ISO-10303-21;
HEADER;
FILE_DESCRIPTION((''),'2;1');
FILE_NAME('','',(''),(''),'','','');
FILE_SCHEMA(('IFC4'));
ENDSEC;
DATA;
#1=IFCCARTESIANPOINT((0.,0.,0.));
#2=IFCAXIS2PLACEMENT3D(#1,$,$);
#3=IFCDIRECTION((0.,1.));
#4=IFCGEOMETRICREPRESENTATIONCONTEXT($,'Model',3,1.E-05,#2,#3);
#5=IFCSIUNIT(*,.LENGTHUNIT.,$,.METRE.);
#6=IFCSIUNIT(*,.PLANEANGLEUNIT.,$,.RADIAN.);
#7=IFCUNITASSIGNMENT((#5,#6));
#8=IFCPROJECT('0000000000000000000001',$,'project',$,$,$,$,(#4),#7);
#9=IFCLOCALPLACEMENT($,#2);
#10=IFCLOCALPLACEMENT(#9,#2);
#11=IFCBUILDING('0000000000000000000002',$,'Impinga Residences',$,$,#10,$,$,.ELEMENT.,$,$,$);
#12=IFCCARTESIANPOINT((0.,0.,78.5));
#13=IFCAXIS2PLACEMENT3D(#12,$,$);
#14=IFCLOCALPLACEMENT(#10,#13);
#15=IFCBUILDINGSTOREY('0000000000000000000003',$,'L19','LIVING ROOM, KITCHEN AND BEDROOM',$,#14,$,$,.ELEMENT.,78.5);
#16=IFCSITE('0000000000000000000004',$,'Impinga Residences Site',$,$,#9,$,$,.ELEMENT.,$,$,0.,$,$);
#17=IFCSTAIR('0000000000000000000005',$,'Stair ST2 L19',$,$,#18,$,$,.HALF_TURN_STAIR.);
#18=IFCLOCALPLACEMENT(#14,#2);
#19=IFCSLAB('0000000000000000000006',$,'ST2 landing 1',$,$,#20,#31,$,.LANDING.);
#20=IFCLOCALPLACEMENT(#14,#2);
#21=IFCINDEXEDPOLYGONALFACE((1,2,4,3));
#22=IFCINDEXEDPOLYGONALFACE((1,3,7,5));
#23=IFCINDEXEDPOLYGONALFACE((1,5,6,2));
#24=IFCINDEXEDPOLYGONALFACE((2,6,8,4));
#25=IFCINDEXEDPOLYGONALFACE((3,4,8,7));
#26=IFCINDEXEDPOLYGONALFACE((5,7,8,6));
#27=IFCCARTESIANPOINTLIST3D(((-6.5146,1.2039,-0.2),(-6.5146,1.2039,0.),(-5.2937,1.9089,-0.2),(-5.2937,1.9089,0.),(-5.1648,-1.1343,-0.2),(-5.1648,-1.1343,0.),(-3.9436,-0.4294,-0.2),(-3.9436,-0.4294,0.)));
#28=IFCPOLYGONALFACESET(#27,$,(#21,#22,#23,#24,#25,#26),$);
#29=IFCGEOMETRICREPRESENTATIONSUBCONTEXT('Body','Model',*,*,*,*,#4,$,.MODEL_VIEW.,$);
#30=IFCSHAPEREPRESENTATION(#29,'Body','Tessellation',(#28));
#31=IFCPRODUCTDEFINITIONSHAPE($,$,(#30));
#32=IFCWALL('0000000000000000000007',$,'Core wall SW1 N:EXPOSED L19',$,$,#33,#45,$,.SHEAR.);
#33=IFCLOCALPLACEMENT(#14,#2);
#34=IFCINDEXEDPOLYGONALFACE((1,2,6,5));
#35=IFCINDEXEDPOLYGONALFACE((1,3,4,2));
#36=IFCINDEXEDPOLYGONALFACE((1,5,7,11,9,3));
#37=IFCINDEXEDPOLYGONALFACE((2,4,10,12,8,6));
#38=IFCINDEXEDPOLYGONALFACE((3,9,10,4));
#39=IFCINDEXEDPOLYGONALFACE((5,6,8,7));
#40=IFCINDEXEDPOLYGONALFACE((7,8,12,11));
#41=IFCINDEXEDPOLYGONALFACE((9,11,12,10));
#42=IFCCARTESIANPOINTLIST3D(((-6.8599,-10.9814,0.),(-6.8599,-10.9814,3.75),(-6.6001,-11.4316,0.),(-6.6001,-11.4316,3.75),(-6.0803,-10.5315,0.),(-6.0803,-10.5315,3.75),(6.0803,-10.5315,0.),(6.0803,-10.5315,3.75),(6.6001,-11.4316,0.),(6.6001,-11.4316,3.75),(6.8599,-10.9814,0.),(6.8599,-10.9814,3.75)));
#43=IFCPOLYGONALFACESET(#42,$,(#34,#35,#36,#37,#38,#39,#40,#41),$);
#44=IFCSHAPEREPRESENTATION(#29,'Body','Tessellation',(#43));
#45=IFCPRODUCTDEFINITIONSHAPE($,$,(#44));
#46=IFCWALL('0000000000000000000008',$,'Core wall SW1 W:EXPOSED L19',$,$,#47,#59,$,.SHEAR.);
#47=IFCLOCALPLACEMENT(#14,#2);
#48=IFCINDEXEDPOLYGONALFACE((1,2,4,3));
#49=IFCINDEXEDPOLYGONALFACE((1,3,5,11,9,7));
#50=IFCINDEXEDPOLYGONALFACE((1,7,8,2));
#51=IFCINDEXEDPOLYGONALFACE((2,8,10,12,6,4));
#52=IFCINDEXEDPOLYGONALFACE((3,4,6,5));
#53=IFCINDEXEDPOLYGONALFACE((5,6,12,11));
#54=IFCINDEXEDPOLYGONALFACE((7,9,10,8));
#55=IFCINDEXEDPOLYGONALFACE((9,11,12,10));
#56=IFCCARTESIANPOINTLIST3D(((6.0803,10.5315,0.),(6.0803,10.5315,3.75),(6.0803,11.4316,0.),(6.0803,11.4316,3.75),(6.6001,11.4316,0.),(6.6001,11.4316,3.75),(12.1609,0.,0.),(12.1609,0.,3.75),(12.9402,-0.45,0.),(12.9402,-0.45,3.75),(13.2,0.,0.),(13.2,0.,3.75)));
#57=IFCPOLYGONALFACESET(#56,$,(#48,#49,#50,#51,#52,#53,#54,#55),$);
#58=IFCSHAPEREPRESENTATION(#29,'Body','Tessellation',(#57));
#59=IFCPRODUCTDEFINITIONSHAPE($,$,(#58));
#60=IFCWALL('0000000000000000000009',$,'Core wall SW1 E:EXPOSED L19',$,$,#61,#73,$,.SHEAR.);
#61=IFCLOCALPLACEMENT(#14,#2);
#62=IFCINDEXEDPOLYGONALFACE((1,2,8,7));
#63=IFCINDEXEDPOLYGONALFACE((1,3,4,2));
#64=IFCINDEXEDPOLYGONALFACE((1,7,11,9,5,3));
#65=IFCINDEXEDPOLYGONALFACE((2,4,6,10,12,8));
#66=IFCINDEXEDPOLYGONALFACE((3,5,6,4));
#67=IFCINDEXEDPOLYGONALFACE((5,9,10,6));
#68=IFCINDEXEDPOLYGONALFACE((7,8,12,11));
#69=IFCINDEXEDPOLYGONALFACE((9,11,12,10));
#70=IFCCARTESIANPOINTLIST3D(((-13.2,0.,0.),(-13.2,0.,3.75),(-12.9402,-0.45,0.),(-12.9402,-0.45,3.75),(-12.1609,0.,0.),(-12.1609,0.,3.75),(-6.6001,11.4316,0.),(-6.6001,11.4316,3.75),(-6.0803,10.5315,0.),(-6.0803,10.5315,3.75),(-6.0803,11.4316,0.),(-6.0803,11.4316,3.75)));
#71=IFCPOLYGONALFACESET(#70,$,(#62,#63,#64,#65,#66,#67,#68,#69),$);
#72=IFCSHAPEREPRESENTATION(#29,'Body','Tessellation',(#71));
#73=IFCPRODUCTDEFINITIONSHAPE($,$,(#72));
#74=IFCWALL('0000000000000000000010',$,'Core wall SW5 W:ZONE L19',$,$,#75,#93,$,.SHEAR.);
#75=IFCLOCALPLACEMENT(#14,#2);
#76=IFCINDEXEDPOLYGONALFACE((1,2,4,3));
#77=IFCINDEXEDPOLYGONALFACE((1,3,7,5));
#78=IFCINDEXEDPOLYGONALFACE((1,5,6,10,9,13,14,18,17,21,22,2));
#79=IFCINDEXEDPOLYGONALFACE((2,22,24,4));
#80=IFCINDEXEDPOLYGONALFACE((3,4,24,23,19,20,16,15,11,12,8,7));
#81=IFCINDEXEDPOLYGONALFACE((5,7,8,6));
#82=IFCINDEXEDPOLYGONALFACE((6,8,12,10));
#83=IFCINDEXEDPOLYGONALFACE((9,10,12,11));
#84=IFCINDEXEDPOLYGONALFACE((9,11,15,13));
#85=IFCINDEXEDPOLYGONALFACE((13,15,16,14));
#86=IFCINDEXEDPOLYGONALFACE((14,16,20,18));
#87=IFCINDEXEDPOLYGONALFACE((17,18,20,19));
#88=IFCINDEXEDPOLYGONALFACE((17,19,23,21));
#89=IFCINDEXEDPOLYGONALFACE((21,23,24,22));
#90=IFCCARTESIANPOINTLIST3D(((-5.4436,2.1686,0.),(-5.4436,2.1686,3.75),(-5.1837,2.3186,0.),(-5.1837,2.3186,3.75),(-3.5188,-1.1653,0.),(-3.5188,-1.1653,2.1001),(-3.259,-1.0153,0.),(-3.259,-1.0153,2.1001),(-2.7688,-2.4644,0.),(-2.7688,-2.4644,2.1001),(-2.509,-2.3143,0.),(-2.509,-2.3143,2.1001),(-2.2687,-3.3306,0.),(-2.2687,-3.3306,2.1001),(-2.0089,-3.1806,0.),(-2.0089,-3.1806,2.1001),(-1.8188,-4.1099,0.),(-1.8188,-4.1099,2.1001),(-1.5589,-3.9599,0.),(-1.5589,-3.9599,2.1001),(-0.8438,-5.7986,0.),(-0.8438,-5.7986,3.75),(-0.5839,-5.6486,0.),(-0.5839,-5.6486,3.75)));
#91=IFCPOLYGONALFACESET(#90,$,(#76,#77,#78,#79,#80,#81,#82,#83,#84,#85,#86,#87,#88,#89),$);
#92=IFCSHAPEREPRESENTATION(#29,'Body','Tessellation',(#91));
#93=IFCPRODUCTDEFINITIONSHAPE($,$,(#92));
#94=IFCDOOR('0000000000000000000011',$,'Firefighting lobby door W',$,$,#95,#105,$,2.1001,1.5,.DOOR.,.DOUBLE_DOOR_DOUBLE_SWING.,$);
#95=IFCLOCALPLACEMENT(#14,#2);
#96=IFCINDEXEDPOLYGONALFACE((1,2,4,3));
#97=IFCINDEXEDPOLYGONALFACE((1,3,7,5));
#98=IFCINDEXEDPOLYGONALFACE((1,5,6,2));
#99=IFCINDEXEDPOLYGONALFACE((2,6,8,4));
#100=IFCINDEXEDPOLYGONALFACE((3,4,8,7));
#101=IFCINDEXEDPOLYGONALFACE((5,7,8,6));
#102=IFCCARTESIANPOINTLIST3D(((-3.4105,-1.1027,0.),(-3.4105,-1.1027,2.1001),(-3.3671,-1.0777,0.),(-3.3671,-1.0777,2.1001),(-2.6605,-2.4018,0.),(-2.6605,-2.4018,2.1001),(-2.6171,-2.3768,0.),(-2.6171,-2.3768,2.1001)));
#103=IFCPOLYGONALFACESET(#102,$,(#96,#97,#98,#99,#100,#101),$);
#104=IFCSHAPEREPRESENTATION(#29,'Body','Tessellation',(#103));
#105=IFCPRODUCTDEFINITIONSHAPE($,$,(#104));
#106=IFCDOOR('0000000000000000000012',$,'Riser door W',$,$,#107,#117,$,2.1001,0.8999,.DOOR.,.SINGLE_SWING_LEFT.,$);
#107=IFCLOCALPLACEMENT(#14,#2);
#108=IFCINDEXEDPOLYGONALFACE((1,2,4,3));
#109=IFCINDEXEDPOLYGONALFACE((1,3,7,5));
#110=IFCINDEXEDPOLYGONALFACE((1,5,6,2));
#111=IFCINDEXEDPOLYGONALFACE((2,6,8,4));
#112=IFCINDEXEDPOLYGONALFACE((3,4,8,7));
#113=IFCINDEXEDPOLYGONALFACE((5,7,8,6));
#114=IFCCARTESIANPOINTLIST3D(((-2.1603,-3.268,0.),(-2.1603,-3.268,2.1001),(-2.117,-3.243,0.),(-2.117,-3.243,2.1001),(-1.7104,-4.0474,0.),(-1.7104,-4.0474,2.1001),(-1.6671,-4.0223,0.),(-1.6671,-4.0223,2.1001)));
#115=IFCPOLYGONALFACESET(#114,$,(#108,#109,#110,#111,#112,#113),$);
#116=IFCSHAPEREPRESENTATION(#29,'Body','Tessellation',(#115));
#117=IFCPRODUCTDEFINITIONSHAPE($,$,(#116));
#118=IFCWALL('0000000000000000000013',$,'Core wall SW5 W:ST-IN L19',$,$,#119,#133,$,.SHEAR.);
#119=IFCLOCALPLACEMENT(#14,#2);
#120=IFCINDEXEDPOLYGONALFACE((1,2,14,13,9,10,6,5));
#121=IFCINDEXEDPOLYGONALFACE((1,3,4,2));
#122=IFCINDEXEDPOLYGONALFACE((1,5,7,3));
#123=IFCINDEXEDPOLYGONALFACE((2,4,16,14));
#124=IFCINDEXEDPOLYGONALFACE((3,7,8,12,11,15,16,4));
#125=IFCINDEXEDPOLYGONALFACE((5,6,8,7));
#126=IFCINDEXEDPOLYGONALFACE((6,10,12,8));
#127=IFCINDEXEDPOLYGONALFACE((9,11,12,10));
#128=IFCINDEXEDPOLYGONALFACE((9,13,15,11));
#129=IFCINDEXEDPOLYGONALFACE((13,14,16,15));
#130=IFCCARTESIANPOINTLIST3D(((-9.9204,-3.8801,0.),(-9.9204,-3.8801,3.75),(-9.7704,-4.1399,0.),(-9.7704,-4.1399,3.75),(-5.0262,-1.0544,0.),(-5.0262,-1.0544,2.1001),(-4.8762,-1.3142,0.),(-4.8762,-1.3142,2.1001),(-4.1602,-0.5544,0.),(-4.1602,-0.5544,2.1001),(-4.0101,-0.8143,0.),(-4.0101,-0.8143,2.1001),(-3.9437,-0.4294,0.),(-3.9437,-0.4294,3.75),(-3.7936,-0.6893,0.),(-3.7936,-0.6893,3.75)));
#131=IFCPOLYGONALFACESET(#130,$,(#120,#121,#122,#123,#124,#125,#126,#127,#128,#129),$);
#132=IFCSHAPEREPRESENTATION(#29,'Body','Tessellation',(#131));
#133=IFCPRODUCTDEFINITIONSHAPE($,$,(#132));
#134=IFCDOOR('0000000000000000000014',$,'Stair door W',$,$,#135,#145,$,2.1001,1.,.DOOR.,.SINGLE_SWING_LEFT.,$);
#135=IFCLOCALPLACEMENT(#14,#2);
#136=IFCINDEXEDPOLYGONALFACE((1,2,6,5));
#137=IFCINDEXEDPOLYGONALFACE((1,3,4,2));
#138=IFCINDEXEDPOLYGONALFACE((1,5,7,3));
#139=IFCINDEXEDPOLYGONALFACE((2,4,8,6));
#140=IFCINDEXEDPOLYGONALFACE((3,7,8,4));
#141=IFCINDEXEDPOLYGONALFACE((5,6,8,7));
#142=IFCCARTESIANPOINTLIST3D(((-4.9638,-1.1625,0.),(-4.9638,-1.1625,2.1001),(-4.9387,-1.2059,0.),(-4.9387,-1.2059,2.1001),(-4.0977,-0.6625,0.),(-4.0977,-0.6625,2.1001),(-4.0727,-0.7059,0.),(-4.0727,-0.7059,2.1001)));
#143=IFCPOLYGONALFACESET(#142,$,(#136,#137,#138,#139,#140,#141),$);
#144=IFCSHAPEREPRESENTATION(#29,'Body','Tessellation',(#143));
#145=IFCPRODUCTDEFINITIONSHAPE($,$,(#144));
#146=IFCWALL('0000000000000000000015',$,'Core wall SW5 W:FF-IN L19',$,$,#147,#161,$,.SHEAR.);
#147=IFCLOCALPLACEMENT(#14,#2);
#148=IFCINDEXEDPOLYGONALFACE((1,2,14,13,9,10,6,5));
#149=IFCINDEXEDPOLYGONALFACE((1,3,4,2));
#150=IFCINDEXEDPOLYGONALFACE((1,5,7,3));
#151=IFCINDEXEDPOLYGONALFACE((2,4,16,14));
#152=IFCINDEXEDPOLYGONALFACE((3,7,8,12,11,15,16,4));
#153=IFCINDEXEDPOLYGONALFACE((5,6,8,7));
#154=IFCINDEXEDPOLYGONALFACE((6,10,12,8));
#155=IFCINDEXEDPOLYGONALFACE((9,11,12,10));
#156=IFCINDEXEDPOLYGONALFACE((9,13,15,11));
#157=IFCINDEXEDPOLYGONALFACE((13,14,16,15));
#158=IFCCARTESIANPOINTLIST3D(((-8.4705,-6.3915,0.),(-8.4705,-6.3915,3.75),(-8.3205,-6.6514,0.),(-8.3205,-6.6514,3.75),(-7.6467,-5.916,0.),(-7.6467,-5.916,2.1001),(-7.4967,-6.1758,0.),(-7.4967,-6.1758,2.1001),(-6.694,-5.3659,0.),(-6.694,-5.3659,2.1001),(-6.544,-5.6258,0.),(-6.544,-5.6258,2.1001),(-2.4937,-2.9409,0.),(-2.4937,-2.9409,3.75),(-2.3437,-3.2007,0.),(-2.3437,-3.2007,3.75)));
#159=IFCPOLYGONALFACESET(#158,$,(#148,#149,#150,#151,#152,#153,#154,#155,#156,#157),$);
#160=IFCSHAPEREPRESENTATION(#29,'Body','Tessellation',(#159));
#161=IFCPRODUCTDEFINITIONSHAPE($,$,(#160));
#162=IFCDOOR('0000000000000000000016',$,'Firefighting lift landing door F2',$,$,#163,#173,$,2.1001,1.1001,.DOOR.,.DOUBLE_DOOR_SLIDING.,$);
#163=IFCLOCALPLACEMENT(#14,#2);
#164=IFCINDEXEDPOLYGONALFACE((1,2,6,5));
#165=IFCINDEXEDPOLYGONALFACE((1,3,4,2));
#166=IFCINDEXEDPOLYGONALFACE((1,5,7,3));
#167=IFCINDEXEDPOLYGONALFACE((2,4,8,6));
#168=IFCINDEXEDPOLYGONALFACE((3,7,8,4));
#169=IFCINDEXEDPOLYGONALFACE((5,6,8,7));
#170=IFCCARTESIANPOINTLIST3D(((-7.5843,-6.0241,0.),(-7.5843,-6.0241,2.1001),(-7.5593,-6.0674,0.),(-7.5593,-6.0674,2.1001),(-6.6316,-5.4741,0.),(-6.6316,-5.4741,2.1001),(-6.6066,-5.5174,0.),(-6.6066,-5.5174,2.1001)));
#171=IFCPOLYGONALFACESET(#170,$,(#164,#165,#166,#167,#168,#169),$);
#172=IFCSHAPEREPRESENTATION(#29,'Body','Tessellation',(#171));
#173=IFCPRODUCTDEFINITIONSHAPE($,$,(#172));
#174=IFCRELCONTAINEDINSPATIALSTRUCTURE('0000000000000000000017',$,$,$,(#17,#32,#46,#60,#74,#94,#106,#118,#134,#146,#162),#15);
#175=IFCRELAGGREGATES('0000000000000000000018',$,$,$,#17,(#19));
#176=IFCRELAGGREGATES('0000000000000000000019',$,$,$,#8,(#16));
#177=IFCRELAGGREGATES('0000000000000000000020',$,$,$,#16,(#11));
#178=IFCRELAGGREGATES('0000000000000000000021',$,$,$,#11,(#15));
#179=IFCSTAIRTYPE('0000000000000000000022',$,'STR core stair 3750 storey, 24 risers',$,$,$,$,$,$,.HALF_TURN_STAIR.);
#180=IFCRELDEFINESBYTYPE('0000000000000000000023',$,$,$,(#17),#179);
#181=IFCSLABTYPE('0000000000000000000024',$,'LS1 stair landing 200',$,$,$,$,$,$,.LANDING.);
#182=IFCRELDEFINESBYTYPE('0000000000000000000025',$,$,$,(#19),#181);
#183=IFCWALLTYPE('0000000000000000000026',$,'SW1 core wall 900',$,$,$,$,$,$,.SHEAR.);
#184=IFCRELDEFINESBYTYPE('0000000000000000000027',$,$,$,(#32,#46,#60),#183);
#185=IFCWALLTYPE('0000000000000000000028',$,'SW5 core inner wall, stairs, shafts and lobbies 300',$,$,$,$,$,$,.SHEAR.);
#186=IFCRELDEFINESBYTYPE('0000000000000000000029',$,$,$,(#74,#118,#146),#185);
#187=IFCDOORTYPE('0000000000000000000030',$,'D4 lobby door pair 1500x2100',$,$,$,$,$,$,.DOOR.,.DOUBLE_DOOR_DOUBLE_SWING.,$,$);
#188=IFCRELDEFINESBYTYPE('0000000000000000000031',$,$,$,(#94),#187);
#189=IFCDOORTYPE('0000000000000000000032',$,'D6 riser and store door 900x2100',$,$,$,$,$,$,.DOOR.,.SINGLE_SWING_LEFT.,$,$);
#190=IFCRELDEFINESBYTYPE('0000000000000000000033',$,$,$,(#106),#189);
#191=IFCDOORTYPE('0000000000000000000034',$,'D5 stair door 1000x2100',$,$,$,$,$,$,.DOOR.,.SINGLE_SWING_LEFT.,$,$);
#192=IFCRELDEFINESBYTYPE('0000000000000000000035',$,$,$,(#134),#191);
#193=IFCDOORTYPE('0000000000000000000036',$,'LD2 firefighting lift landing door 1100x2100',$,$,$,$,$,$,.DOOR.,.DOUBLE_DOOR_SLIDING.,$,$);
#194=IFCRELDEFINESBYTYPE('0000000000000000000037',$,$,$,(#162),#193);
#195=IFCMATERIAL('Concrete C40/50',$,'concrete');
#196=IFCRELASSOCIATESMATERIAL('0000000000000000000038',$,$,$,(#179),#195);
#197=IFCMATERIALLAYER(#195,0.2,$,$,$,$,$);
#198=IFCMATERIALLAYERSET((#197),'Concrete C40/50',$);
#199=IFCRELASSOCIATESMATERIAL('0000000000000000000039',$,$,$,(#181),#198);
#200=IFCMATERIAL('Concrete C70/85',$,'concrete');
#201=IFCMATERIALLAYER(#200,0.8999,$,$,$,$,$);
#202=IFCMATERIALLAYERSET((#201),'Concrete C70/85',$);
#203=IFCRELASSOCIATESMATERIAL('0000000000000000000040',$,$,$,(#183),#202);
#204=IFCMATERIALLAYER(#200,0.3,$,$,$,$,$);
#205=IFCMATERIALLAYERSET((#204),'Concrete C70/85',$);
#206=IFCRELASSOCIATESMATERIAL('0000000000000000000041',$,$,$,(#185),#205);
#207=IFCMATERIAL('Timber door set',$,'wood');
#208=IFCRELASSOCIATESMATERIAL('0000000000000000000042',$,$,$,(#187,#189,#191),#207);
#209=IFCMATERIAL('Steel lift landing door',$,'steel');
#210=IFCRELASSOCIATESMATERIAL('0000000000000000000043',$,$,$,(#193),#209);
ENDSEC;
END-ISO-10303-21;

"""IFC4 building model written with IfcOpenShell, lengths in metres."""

from ifc_helpers import new_model, si_unit, direction, frame, frame_2d, origin, place, context, subcontext, project, spatial, polyline, rectangle, outline, extrude, material, layer, layer_set, type_object, element, fill, aggregate, save


model = new_model("IFC4")

# Units and contexts
model_context = context("Model", 3, precision=1e-05, world=origin(), true_north=direction((0.0, 1.0)))
body_context = subcontext(model_context, "Body", "Model", "MODEL_VIEW")
ifc_project = project(units=[si_unit("LENGTHUNIT", "METRE"), si_unit("PLANEANGLEUNIT", "RADIAN")], contexts=[model_context])

# Site, building, storey
site_placement = place(None, origin())
site = spatial("IfcSite", under=ifc_project, at=site_placement, Name="Impinga Residences Site", CompositionType="ELEMENT", RefElevation=0.0)
building_placement = place(site_placement, origin())
building = spatial("IfcBuilding", under=site, at=building_placement, Name="Impinga Residences", CompositionType="ELEMENT")
storey_placement = place(building_placement, frame((0.0, 0.0, 78.5)))
storey = spatial("IfcBuildingStorey", under=building, at=storey_placement, Name="L19", Description="LIVING ROOM, KITCHEN AND BEDROOM", CompositionType="ELEMENT", Elevation=78.5)

# Shared definitions
ifc_material_1 = material(Name="Concrete C40/50", Category="concrete")
stair_type = type_object("IfcStairType", Name="STR core stair 3750 storey, 24 risers", PredefinedType="HALF_TURN_STAIR", material=ifc_material_1)
ifc_layer_1 = layer(ifc_material_1, 0.2)
ifc_layer_set_1 = layer_set([ifc_layer_1], Name="Concrete C40/50")
slab_type_1 = type_object("IfcSlabType", Name="LS1 stair landing 200", PredefinedType="LANDING", material=ifc_layer_set_1)

# Stair, slab
stair_1_placement = place(storey_placement, origin())
stair_1 = element("IfcStair", 1, at=stair_1_placement, inside=storey, type_object=stair_type, Name="Stair ST2 L19", PredefinedType="HALF_TURN_STAIR")
slab_1_placement = place(storey_placement, frame((0.0, 0.0, -0.2)))
slab_1 = element("IfcSlab", 2, at=slab_1_placement, type_object=slab_type_1, Name="ST2 landing 1", PredefinedType="LANDING", context=body_context, shape_type="SweptSolid", body=[
    extrude(outline(polyline([(-3.9436, -0.4294), (-5.2937, 1.9089), (-6.5146, 1.2039), (-5.1648, -1.1343), (-3.9436, -0.4294)])), origin(), (0.0, 0.0, 1.0), 0.2),
])

# Walls
ifc_material_2 = material(Name="Concrete C70/85", Category="concrete")
ifc_layer_2 = layer(ifc_material_2, 0.8999)
ifc_layer_set_2 = layer_set([ifc_layer_2], Name="Concrete C70/85")
wall_type_1 = type_object("IfcWallType", Name="SW1 core wall 900", PredefinedType="SHEAR", material=ifc_layer_set_2)
wall_1_placement = place(storey_placement, origin())
element("IfcWall", 3, at=wall_1_placement, inside=storey, type_object=wall_type_1, Name="Core wall SW1 N:EXPOSED L19", PredefinedType="SHEAR", context=body_context, shape_type="SweptSolid", body=[
    extrude(outline(polyline([(-6.6001, -11.4316), (6.6001, -11.4316), (6.8599, -10.9814), (6.0803, -10.5315), (-6.0803, -10.5315), (-6.8599, -10.9814), (-6.6001, -11.4316)])), origin(), (0.0, 0.0, 1.0), 3.75),
])
wall_2_placement = place(storey_placement, origin())
element("IfcWall", 4, at=wall_2_placement, inside=storey, type_object=wall_type_1, Name="Core wall SW1 W:EXPOSED L19", PredefinedType="SHEAR", context=body_context, shape_type="SweptSolid", body=[
    extrude(outline(polyline([(13.2, 0.0), (6.6001, 11.4316), (6.0803, 11.4316), (6.0803, 10.5315), (12.1609, 0.0), (12.9402, -0.45), (13.2, 0.0)])), origin(), (0.0, 0.0, 1.0), 3.75),
])
wall_3_placement = place(storey_placement, origin())
element("IfcWall", 5, at=wall_3_placement, inside=storey, type_object=wall_type_1, Name="Core wall SW1 E:EXPOSED L19", PredefinedType="SHEAR", context=body_context, shape_type="SweptSolid", body=[
    extrude(outline(polyline([(-6.6001, 11.4316), (-13.2, 0.0), (-12.9402, -0.45), (-12.1609, 0.0), (-6.0803, 10.5315), (-6.0803, 11.4316), (-6.6001, 11.4316)])), origin(), (0.0, 0.0, 1.0), 3.75),
])

# Wall, openings, doors
ifc_layer_3 = layer(ifc_material_2, 0.3)
ifc_layer_set_3 = layer_set([ifc_layer_3], Name="Concrete C70/85")
wall_type_2 = type_object("IfcWallType", Name="SW5 core inner wall, stairs, shafts and lobbies 300", PredefinedType="SHEAR", material=ifc_layer_set_3)
wall_4_placement = place(storey_placement, frame((-0.7139, -5.7236, 0.0), z_axis=(0.0, 0.0, 1.0), x_axis=(-0.499995, 0.866028, 0.0)))
wall_4 = element("IfcWall", 6, at=wall_4_placement, inside=storey, type_object=wall_type_2, Name="Core wall SW5 W:ZONE L19", PredefinedType="SHEAR", context=body_context, shape_type="SweptSolid", body=[
    extrude(rectangle(XDim=9.1997, YDim=0.3, at=frame_2d((4.5999, 0.0))), origin(), (0.0, 0.0, 1.0), 3.75),
])
opening_1_placement = place(wall_4_placement, frame((3.8501, 0.0, 0.0)))
opening_1 = element("IfcOpeningElement", 7, at=opening_1_placement, cuts=wall_4, PredefinedType="OPENING", context=body_context, shape_type="SweptSolid", body=[
    extrude(rectangle(XDim=1.5, YDim=2.1001, at=frame_2d((0.75, 1.05))), frame((0.0, 0.1599, 0.0), z_axis=(0.0, -1.0, 0.0), x_axis=(1.0, 0.0, 0.0)), (0.0, 0.0, 1.0), 0.3201),
])
opening_2_placement = place(wall_4_placement, frame((1.95, 0.0, 0.0)))
opening_2 = element("IfcOpeningElement", 8, at=opening_2_placement, cuts=wall_4, PredefinedType="OPENING", context=body_context, shape_type="SweptSolid", body=[
    extrude(rectangle(XDim=0.8999, YDim=2.1001, at=frame_2d((0.45, 1.05))), frame((0.0, 0.1599, 0.0), z_axis=(0.0, -1.0, 0.0), x_axis=(1.0, 0.0, 0.0)), (0.0, 0.0, 1.0), 0.3201),
])
ifc_material_3 = material(Name="Timber door set", Category="wood")
door_type_1 = type_object("IfcDoorType", Name="D4 lobby door pair 1500x2100", OperationType="DOUBLE_DOOR_DOUBLE_SWING", PredefinedType="DOOR", material=ifc_material_3)
door_1_placement = place(opening_1_placement, origin())
door_1 = element("IfcDoor", 9, at=door_1_placement, inside=storey, type_object=door_type_1, Name="Firefighting lobby door W", OperationType="DOUBLE_DOOR_DOUBLE_SWING", OverallHeight=2.1001, OverallWidth=1.5, PredefinedType="DOOR", context=body_context, shape_type="SweptSolid", body=[
    extrude(rectangle(XDim=1.5, YDim=2.1001, at=frame_2d((0.75, 1.05))), frame((0.0, 0.0249, 0.0), z_axis=(0.0, -1.0, 0.0), x_axis=(1.0, 0.0, 0.0)), (0.0, 0.0, 1.0), 0.05),
])
fill(opening_1, door_1)
door_type_2 = type_object("IfcDoorType", Name="D6 riser and store door 900x2100", OperationType="SINGLE_SWING_LEFT", PredefinedType="DOOR", material=ifc_material_3)
door_2_placement = place(opening_2_placement, origin())
door_2 = element("IfcDoor", 10, at=door_2_placement, inside=storey, type_object=door_type_2, Name="Riser door W", OperationType="SINGLE_SWING_LEFT", OverallHeight=2.1001, OverallWidth=0.8999, PredefinedType="DOOR", context=body_context, shape_type="SweptSolid", body=[
    extrude(rectangle(XDim=0.8999, YDim=2.1001, at=frame_2d((0.45, 1.05))), frame((0.0, 0.0249, 0.0), z_axis=(0.0, -1.0, 0.0), x_axis=(1.0, 0.0, 0.0)), (0.0, 0.0, 1.0), 0.05),
])
fill(opening_2, door_2)

# Walls, openings, doors
wall_5_placement = place(storey_placement, frame((-3.8687, -0.5593, 0.0), z_axis=(0.0, 0.0, 1.0), x_axis=(-0.866027, -0.499997, 0.0)))
wall_5 = element("IfcWall", 11, at=wall_5_placement, inside=storey, type_object=wall_type_2, Name="Core wall SW5 W:ST-IN L19", PredefinedType="SHEAR", context=body_context, shape_type="SweptSolid", body=[
    extrude(rectangle(XDim=6.9014, YDim=0.3, at=frame_2d((3.4507, 0.0))), origin(), (0.0, 0.0, 1.0), 3.75),
])
opening_3_placement = place(wall_5_placement, frame((0.25, 0.0, 0.0)))
opening_3 = element("IfcOpeningElement", 12, at=opening_3_placement, cuts=wall_5, PredefinedType="OPENING", context=body_context, shape_type="SweptSolid", body=[
    extrude(rectangle(XDim=1.0, YDim=2.1001, at=frame_2d((0.5, 1.05))), frame((0.0, 0.1599, 0.0), z_axis=(0.0, -1.0, 0.0), x_axis=(1.0, 0.0, 0.0)), (0.0, 0.0, 1.0), 0.3201),
])
door_type_3 = type_object("IfcDoorType", Name="D5 stair door 1000x2100", OperationType="SINGLE_SWING_LEFT", PredefinedType="DOOR", material=ifc_material_3)
door_3_placement = place(opening_3_placement, origin())
door_3 = element("IfcDoor", 13, at=door_3_placement, inside=storey, type_object=door_type_3, Name="Stair door W", OperationType="SINGLE_SWING_LEFT", OverallHeight=2.1001, OverallWidth=1.0, PredefinedType="DOOR", context=body_context, shape_type="SweptSolid", body=[
    extrude(rectangle(XDim=1.0, YDim=2.1001, at=frame_2d((0.5, 1.05))), frame((0.0, 0.0249, 0.0), z_axis=(0.0, -1.0, 0.0), x_axis=(1.0, 0.0, 0.0)), (0.0, 0.0, 1.0), 0.05),
])
fill(opening_3, door_3)
wall_6_placement = place(storey_placement, frame((-2.4187, -3.0708, 0.0), z_axis=(0.0, 0.0, 1.0), x_axis=(-0.866027, -0.499997, 0.0)))
wall_6 = element("IfcWall", 14, at=wall_6_placement, inside=storey, type_object=wall_type_2, Name="Core wall SW5 W:FF-IN L19", PredefinedType="SHEAR", context=body_context, shape_type="SweptSolid", body=[
    extrude(rectangle(XDim=6.9014, YDim=0.3, at=frame_2d((3.4507, 0.0))), origin(), (0.0, 0.0, 1.0), 3.75),
])
opening_4_placement = place(wall_6_placement, frame((4.8501, 0.0, 0.0)))
opening_4 = element("IfcOpeningElement", 15, at=opening_4_placement, cuts=wall_6, PredefinedType="OPENING", context=body_context, shape_type="SweptSolid", body=[
    extrude(rectangle(XDim=1.1001, YDim=2.1001, at=frame_2d((0.55, 1.05))), frame((0.0, 0.1599, 0.0), z_axis=(0.0, -1.0, 0.0), x_axis=(1.0, 0.0, 0.0)), (0.0, 0.0, 1.0), 0.3201),
])
ifc_material_4 = material(Name="Steel lift landing door", Category="steel")
door_type_4 = type_object("IfcDoorType", Name="LD2 firefighting lift landing door 1100x2100", OperationType="DOUBLE_DOOR_SLIDING", PredefinedType="DOOR", material=ifc_material_4)
door_4_placement = place(opening_4_placement, origin())
door_4 = element("IfcDoor", 16, at=door_4_placement, inside=storey, type_object=door_type_4, Name="Firefighting lift landing door F2", OperationType="DOUBLE_DOOR_SLIDING", OverallHeight=2.1001, OverallWidth=1.1001, PredefinedType="DOOR", context=body_context, shape_type="SweptSolid", body=[
    extrude(rectangle(XDim=1.1001, YDim=2.1001, at=frame_2d((0.55, 1.05))), frame((0.0, 0.0249, 0.0), z_axis=(0.0, -1.0, 0.0), x_axis=(1.0, 0.0, 0.0)), (0.0, 0.0, 1.0), 0.05),
])
fill(opening_4, door_4)

aggregate(stair_1, [slab_1])

save(model, "model.ifc")
